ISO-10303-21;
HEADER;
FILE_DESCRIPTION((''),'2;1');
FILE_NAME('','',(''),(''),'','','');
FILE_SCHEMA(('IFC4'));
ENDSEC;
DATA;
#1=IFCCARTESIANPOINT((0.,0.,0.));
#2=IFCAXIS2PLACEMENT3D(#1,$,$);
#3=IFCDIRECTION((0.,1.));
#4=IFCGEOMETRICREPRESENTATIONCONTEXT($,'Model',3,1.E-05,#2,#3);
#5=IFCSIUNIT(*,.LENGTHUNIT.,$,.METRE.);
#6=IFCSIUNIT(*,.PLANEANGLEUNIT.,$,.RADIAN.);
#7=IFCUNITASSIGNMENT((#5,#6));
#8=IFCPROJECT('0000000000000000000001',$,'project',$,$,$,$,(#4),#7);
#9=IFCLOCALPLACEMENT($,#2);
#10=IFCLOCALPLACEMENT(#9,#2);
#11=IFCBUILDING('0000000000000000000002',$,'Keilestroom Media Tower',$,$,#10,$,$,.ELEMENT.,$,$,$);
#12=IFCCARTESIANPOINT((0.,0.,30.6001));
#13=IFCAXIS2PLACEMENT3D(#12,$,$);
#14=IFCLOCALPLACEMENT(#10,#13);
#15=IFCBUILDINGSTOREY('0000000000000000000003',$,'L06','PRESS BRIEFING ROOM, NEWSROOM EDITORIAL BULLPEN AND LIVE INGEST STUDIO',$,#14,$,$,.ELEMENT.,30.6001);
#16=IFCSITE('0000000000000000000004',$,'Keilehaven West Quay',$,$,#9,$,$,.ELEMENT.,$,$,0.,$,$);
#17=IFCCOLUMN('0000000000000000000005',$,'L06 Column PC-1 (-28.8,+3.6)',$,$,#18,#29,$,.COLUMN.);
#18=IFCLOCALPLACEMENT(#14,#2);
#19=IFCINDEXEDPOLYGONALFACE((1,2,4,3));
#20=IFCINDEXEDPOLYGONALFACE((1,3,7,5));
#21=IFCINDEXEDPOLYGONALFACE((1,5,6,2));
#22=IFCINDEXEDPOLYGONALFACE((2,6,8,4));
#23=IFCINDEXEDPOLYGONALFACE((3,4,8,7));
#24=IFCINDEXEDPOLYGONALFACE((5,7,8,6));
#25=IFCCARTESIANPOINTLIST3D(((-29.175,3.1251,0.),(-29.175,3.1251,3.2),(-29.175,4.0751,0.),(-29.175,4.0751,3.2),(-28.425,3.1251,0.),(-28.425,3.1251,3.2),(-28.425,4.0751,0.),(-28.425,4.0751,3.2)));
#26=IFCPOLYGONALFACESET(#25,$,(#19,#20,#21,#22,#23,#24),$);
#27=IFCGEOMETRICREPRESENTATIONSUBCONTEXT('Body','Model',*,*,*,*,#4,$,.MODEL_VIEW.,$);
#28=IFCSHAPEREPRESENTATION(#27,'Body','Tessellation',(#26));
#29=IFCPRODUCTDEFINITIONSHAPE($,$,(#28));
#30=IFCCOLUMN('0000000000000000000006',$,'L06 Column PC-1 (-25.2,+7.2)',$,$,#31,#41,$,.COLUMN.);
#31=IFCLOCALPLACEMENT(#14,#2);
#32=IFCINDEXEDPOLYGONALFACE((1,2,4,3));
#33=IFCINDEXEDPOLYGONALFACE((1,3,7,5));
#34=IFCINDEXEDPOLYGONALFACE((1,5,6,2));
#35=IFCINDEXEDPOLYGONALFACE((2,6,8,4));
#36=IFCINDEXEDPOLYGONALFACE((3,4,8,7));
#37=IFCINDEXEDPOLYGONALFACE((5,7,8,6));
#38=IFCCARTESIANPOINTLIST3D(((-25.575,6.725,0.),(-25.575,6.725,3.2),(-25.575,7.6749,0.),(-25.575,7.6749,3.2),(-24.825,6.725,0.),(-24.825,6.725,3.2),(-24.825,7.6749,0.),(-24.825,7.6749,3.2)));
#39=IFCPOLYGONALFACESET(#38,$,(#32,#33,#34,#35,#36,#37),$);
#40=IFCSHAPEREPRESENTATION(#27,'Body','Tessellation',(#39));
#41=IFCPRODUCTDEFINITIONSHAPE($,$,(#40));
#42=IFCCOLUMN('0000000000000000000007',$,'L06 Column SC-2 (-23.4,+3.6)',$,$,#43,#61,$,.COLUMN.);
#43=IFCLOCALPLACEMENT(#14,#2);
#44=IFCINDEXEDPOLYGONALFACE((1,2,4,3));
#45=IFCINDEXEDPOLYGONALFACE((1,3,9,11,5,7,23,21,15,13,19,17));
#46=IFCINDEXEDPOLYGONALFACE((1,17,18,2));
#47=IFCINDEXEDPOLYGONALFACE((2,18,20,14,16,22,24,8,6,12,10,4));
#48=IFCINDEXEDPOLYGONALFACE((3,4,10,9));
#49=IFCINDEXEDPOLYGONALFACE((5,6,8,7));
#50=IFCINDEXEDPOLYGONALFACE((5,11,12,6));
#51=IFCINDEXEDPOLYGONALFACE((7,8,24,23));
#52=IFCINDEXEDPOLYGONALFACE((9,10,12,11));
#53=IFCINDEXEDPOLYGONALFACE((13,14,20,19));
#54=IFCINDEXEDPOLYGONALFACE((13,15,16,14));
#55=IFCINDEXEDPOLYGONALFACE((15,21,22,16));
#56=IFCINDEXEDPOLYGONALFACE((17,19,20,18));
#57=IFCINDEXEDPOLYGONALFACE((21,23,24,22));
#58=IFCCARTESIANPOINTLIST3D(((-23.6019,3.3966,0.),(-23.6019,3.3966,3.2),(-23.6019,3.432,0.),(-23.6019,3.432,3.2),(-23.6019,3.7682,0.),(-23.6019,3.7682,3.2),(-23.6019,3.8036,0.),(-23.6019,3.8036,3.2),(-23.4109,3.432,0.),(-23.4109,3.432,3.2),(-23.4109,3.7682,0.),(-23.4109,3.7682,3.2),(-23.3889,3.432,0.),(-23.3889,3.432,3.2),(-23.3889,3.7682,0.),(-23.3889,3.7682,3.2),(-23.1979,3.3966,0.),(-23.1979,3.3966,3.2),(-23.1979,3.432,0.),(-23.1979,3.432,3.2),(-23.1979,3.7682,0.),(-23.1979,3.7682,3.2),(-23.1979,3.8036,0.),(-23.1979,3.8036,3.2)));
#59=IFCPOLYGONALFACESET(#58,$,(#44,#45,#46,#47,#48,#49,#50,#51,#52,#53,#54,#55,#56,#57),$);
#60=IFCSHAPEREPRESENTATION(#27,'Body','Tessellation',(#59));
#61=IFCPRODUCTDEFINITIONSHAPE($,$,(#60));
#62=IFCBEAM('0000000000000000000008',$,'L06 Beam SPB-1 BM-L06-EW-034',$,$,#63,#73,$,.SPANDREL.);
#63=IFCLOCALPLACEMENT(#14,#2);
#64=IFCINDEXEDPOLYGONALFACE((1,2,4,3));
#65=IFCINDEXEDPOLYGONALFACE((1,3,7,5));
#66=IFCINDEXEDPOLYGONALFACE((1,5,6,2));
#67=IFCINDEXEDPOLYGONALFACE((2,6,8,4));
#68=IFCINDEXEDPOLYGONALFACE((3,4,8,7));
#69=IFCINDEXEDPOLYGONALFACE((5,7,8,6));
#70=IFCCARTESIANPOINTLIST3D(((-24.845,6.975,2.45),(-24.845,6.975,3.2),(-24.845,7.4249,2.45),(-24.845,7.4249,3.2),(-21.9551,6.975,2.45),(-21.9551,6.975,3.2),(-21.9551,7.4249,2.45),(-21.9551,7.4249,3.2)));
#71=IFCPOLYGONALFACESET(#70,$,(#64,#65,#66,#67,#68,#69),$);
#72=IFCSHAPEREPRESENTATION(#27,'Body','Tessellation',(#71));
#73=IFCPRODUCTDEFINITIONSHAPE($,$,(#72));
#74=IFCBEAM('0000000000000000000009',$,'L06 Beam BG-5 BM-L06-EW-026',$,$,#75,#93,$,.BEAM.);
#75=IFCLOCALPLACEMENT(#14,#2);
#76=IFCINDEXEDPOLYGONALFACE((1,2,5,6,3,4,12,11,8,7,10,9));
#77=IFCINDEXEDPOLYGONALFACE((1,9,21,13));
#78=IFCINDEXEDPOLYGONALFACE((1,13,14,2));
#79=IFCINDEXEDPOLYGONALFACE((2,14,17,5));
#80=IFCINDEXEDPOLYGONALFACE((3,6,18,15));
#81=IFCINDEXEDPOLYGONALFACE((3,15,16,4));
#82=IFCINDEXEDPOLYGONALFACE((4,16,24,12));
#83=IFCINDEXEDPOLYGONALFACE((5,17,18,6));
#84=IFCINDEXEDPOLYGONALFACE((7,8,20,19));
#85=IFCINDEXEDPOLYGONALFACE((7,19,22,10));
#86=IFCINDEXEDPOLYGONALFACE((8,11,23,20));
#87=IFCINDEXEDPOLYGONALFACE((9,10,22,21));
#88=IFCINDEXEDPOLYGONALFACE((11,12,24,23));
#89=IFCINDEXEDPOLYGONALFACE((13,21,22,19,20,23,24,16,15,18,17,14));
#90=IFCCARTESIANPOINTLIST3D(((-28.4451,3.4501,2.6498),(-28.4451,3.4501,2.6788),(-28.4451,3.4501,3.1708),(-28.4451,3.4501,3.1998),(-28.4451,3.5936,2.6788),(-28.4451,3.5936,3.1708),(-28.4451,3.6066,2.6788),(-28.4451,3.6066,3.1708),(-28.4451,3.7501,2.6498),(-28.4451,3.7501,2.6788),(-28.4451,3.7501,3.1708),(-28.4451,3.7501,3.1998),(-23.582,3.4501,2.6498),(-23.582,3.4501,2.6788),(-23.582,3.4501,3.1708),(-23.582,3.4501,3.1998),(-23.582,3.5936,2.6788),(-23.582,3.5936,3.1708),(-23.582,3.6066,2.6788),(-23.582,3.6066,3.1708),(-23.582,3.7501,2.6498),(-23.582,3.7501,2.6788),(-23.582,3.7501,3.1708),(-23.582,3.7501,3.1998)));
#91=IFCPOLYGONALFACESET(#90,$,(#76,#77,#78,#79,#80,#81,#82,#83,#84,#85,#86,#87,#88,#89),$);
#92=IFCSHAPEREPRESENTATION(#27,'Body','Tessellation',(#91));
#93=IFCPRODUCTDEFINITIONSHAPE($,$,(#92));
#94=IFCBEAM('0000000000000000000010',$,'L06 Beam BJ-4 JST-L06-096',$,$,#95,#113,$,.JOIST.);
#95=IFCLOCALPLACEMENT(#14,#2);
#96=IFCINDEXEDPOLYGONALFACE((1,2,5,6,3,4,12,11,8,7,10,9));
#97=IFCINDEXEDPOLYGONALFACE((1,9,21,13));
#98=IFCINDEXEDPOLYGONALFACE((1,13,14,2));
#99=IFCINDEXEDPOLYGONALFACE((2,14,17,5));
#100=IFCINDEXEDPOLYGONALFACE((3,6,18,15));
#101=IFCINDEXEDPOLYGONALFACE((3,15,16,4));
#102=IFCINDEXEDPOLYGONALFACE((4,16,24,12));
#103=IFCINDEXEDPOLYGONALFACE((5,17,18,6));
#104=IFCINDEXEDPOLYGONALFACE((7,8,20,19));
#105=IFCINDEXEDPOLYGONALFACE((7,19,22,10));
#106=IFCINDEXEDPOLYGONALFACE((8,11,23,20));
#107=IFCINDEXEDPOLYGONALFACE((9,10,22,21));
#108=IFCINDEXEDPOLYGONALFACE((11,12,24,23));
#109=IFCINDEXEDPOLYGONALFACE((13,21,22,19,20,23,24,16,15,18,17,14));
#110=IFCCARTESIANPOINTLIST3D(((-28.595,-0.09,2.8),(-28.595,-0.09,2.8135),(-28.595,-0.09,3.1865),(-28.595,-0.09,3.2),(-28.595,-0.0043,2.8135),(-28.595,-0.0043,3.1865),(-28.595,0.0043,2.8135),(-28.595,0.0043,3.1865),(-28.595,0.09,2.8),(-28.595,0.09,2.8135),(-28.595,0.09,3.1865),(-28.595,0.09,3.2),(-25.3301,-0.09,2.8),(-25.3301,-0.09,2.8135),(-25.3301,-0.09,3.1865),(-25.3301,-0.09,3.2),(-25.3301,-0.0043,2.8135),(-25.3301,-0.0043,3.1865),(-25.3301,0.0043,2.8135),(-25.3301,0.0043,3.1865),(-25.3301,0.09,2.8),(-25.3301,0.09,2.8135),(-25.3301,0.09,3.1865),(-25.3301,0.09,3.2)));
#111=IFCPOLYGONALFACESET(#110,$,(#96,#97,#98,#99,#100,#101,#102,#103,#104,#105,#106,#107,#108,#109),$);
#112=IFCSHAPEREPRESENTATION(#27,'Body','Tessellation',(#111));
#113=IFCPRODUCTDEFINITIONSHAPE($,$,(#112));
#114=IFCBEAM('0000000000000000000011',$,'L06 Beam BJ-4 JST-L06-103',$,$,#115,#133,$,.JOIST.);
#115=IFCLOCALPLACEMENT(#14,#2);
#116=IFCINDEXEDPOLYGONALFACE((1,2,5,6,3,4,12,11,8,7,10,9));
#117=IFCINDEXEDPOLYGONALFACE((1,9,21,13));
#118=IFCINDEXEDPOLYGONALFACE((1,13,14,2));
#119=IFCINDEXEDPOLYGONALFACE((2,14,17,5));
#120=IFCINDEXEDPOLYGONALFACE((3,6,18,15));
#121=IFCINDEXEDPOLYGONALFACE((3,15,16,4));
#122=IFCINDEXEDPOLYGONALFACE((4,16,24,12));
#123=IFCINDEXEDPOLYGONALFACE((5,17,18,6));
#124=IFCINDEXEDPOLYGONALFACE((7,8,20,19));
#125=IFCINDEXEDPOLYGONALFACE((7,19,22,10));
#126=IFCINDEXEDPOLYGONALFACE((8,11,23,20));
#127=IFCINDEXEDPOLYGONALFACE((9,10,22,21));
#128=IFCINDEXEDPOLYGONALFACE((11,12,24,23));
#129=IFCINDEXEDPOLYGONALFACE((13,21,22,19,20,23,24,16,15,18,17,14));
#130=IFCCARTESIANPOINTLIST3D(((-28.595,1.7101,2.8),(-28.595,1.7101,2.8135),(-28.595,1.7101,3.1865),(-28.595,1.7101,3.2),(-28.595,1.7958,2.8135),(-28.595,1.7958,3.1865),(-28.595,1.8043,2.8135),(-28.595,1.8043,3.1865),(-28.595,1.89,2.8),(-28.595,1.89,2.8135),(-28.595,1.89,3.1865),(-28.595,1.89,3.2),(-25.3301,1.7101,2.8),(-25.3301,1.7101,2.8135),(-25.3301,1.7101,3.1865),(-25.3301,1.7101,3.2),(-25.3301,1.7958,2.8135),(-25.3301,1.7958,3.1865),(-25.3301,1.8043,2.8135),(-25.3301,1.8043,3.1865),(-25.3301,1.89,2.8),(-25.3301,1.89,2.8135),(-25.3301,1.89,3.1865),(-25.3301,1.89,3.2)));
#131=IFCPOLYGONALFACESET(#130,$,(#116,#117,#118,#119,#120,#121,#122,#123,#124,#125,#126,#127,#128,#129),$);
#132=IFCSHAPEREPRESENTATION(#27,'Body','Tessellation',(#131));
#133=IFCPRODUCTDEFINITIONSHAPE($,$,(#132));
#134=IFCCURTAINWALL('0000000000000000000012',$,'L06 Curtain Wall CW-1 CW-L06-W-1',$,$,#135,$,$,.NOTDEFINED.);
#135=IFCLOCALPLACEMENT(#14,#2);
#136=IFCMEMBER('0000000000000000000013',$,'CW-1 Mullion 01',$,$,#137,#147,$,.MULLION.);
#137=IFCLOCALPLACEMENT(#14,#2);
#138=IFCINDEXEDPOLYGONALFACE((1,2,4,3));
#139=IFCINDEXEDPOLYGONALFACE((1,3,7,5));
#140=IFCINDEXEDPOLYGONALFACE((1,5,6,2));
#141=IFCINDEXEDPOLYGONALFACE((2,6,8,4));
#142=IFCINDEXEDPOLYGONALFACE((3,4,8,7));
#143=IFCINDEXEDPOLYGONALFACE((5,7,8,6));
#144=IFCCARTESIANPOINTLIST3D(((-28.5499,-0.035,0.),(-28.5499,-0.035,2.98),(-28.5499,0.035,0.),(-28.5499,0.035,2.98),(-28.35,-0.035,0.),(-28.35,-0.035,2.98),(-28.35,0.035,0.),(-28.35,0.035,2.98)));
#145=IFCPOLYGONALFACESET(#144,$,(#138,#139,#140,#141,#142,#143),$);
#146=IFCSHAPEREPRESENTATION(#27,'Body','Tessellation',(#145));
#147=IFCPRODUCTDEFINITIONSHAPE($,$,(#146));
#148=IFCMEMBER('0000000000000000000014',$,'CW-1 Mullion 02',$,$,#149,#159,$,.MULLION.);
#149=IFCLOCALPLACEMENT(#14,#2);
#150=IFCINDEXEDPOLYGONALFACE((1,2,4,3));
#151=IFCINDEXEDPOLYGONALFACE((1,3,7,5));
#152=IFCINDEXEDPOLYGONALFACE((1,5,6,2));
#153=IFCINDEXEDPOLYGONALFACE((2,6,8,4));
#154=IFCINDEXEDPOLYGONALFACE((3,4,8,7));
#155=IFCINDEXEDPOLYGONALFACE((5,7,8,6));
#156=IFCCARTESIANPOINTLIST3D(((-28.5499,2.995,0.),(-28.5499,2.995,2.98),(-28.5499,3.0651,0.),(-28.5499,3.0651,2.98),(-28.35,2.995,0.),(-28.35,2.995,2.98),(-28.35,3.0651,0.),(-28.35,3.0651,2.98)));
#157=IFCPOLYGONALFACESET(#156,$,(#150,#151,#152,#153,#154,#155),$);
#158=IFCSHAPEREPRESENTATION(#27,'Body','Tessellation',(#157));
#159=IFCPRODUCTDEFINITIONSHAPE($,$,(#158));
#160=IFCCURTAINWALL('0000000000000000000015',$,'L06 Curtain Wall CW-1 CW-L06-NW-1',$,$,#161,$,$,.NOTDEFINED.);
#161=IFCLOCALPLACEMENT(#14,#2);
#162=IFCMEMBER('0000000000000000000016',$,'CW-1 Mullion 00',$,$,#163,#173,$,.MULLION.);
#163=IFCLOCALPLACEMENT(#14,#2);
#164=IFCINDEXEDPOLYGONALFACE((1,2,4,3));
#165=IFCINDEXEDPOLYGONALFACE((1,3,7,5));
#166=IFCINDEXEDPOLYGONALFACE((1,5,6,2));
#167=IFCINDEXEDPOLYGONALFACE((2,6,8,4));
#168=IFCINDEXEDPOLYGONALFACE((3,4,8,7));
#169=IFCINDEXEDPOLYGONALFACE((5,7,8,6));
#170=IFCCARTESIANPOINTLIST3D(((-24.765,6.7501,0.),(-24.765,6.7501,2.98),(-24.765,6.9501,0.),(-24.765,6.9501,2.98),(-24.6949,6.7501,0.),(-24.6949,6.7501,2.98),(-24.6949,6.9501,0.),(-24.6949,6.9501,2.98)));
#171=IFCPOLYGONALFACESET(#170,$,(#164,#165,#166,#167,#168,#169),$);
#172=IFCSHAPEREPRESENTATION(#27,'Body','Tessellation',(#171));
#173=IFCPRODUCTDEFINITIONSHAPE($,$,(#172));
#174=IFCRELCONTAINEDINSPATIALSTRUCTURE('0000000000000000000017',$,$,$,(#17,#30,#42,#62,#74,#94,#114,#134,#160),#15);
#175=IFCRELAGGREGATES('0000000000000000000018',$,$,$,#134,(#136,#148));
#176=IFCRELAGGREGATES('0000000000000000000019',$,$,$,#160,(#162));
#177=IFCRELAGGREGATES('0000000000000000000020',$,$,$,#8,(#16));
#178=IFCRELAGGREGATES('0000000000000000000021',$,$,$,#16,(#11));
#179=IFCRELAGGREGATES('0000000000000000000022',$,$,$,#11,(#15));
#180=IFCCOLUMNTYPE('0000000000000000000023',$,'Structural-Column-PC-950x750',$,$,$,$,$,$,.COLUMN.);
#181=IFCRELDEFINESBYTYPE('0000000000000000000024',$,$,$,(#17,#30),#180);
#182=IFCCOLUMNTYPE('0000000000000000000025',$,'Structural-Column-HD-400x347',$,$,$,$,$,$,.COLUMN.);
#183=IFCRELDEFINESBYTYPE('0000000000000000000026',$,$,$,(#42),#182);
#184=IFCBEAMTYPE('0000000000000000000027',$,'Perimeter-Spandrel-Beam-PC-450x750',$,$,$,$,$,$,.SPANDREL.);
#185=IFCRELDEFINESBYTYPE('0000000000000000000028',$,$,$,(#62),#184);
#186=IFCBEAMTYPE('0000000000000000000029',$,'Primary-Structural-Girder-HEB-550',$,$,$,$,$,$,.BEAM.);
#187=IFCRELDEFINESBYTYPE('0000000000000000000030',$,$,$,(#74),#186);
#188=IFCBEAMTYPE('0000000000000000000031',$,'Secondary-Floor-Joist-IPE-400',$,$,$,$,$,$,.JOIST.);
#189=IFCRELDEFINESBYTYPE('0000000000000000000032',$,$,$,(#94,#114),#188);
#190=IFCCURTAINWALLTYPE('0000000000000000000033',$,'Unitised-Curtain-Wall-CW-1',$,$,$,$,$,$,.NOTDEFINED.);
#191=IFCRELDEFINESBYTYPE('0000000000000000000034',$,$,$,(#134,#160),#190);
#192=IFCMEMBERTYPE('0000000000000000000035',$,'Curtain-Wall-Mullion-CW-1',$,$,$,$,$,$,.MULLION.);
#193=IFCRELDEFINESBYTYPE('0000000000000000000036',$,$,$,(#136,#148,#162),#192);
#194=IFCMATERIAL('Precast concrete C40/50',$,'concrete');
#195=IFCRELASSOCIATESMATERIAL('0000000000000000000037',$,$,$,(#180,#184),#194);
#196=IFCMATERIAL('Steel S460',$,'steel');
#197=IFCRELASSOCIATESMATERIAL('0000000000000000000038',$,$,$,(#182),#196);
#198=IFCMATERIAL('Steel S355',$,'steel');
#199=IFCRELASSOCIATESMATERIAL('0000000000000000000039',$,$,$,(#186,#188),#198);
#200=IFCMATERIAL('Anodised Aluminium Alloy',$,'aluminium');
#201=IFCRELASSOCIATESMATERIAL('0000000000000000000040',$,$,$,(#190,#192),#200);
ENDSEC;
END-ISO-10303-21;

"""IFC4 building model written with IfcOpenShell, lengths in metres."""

from ifc_helpers import new_model, si_unit, direction, frame, origin, origin_2d, place, context, subcontext, project, spatial, rectangle, i_section, extrude, source, transform, mapped, material, material_profile, profile_set, type_object, element, aggregate, save


model = new_model("IFC4")

# Units and contexts
model_context = context("Model", 3, precision=1e-05, world=origin(), true_north=direction((0.0, 1.0)))
body_context = subcontext(model_context, "Body", "Model", "MODEL_VIEW")
ifc_project = project(units=[si_unit("LENGTHUNIT", "METRE"), si_unit("PLANEANGLEUNIT", "RADIAN")], contexts=[model_context])

# Site, building, storey
site_placement = place(None, origin())
site = spatial("IfcSite", under=ifc_project, at=site_placement, Name="Keilehaven West Quay", CompositionType="ELEMENT", RefElevation=0.0)
building_placement = place(site_placement, origin())
building = spatial("IfcBuilding", under=site, at=building_placement, Name="Keilestroom Media Tower", CompositionType="ELEMENT")
storey_placement = place(building_placement, frame((0.0, 0.0, 30.6001)))
storey = spatial("IfcBuildingStorey", under=building, at=storey_placement, Name="L06", Description="PRESS BRIEFING ROOM, NEWSROOM EDITORIAL BULLPEN AND LIVE INGEST STUDIO", CompositionType="ELEMENT", Elevation=30.6001)

# Columns
ifc_material_1 = material(Name="Precast concrete C40/50", Category="concrete")
ifc_material_profile_1 = material_profile(ifc_material_1, rectangle(XDim=0.75, YDim=0.95, at=origin_2d()), Name="PC 950x750")
ifc_profile_set_1 = profile_set([ifc_material_profile_1], Name="Precast concrete C40/50")
column_type_1 = type_object("IfcColumnType", Name="Structural-Column-PC-950x750", PredefinedType="COLUMN", material=ifc_profile_set_1)
shared_shape_1 = source(origin(), body_context, "Body", "SweptSolid", [
    extrude(rectangle(XDim=0.75, YDim=0.95, at=origin_2d()), origin(), (0.0, 0.0, 1.0), 3.2),
])
for number, where, z_axis, x_axis, name in (
    (1, (-28.8, 3.6001, 0.0), (0.0, 0.0, 1.0), (1.0, 0.0, 0.0), "L06 Column PC-1 (-28.8,+3.6)"),
    (2, (-25.2, 7.2, 0.0), (0.0, 0.0, 1.0), (1.0, 0.0, 0.0), "L06 Column PC-1 (-25.2,+7.2)"),
):
    element("IfcColumn", number, at=place(storey_placement, frame(where, z_axis=z_axis, x_axis=x_axis)), inside=storey, type_object=column_type_1, Name=name, PredefinedType="COLUMN", context=body_context, shape_type="MappedRepresentation", body=[
        mapped(shared_shape_1, transform((0.0, 0.0, 0.0), x_axis=(1.0, 0.0, 0.0), y_axis=(0.0, 1.0, 0.0), z_axis=(0.0, 0.0, 1.0), scale=1.0)),
    ])
ifc_material_2 = material(Name="Steel S460", Category="steel")
ifc_material_profile_2 = material_profile(ifc_material_2, i_section(OverallWidth=0.4041, OverallDepth=0.407, WebThickness=0.022, FlangeThickness=0.0354, at=origin_2d()), Name="HD 400x347")
ifc_profile_set_2 = profile_set([ifc_material_profile_2], Name="Steel S460")
column_type_2 = type_object("IfcColumnType", Name="Structural-Column-HD-400x347", PredefinedType="COLUMN", material=ifc_profile_set_2)
shared_shape_2 = source(origin(), body_context, "Body", "SweptSolid", [
    extrude(i_section(OverallWidth=0.4041, OverallDepth=0.407, WebThickness=0.022, FlangeThickness=0.0354, at=origin_2d()), origin(), (0.0, 0.0, 1.0), 3.2),
])
column_placement = place(storey_placement, frame((-23.3999, 3.6001, 0.0), z_axis=(0.0, 0.0, 1.0), x_axis=(1.0, 0.0, 0.0)))
element("IfcColumn", 3, at=column_placement, inside=storey, type_object=column_type_2, Name="L06 Column SC-2 (-23.4,+3.6)", PredefinedType="COLUMN", context=body_context, shape_type="MappedRepresentation", body=[
    mapped(shared_shape_2, transform((0.0, 0.0, 0.0), x_axis=(1.0, 0.0, 0.0), y_axis=(0.0, 1.0, 0.0), z_axis=(0.0, 0.0, 1.0), scale=1.0)),
])

# Beams
ifc_material_profile_3 = material_profile(ifc_material_1, rectangle(XDim=0.45, YDim=0.75, at=origin_2d()), Name="PC 450x750")
ifc_profile_set_3 = profile_set([ifc_material_profile_3], Name="Precast concrete C40/50")
beam_type_1 = type_object("IfcBeamType", Name="Perimeter-Spandrel-Beam-PC-450x750", PredefinedType="SPANDREL", material=ifc_profile_set_3)
shared_shape_3 = source(origin(), body_context, "Body", "SweptSolid", [
    extrude(rectangle(XDim=0.45, YDim=0.75, at=origin_2d()), origin(), (0.0, 0.0, 1.0), 2.8899),
])
beam_1_placement = place(storey_placement, frame((-24.845, 7.2, 2.825), z_axis=(1.0, 0.0, 0.0), x_axis=(0.0, 1.0, 0.0)))
element("IfcBeam", 4, at=beam_1_placement, inside=storey, type_object=beam_type_1, Name="L06 Beam SPB-1 BM-L06-EW-034", PredefinedType="SPANDREL", context=body_context, shape_type="MappedRepresentation", body=[
    mapped(shared_shape_3, transform((0.0, 0.0, 0.0), x_axis=(1.0, 0.0, 0.0), y_axis=(0.0, 1.0, 0.0), z_axis=(0.0, 0.0, 1.0), scale=1.0)),
])
ifc_material_3 = material(Name="Steel S355", Category="steel")
ifc_material_profile_4 = material_profile(ifc_material_3, i_section(OverallWidth=0.3, OverallDepth=0.55, WebThickness=0.0129, FlangeThickness=0.0291, at=origin_2d()), Name="HEB 550")
ifc_profile_set_4 = profile_set([ifc_material_profile_4], Name="Steel S355")
beam_type_2 = type_object("IfcBeamType", Name="Primary-Structural-Girder-HEB-550", PredefinedType="BEAM", material=ifc_profile_set_4)
shared_shape_4 = source(origin(), body_context, "Body", "SweptSolid", [
    extrude(i_section(OverallWidth=0.3, OverallDepth=0.55, WebThickness=0.0129, FlangeThickness=0.0291, at=origin_2d()), origin(), (0.0, 0.0, 1.0), 4.863),
])
beam_2_placement = place(storey_placement, frame((-28.4451, 3.6001, 2.9248), z_axis=(1.0, 0.0, 0.0), x_axis=(0.0, 1.0, 0.0)))
element("IfcBeam", 5, at=beam_2_placement, inside=storey, type_object=beam_type_2, Name="L06 Beam BG-5 BM-L06-EW-026", PredefinedType="BEAM", context=body_context, shape_type="MappedRepresentation", body=[
    mapped(shared_shape_4, transform((0.0, 0.0, 0.0), x_axis=(1.0, 0.0, 0.0), y_axis=(0.0, 1.0, 0.0), z_axis=(0.0, 0.0, 1.0), scale=1.0)),
])
ifc_material_profile_5 = material_profile(ifc_material_3, i_section(OverallWidth=0.1799, OverallDepth=0.3999, WebThickness=0.0085, FlangeThickness=0.0134, at=origin_2d()), Name="IPE 400")
ifc_profile_set_5 = profile_set([ifc_material_profile_5], Name="Steel S355")
beam_type_3 = type_object("IfcBeamType", Name="Secondary-Floor-Joist-IPE-400", PredefinedType="JOIST", material=ifc_profile_set_5)
shared_shape_5 = source(origin(), body_context, "Body", "SweptSolid", [
    extrude(i_section(OverallWidth=0.1799, OverallDepth=0.3999, WebThickness=0.0085, FlangeThickness=0.0134, at=origin_2d()), origin(), (0.0, 0.0, 1.0), 3.2649),
])
for number, where, z_axis, x_axis, name in (
    (6, (-28.595, 0.0, 3.0), (1.0, 0.0, 0.0), (0.0, 1.0, 0.0), "L06 Beam BJ-4 JST-L06-096"),
    (7, (-28.595, 1.8, 3.0), (1.0, 0.0, 0.0), (0.0, 1.0, 0.0), "L06 Beam BJ-4 JST-L06-103"),
):
    element("IfcBeam", number, at=place(storey_placement, frame(where, z_axis=z_axis, x_axis=x_axis)), inside=storey, type_object=beam_type_3, Name=name, PredefinedType="JOIST", context=body_context, shape_type="MappedRepresentation", body=[
        mapped(shared_shape_5, transform((0.0, 0.0, 0.0), x_axis=(1.0, 0.0, 0.0), y_axis=(0.0, 1.0, 0.0), z_axis=(0.0, 0.0, 1.0), scale=1.0)),
    ])

# Curtain wall, members
ifc_material_4 = material(Name="Anodised Aluminium Alloy", Category="aluminium")
curtain_wall_type = type_object("IfcCurtainWallType", Name="Unitised-Curtain-Wall-CW-1", PredefinedType="NOTDEFINED", material=ifc_material_4)
curtain_wall_1_placement = place(storey_placement, origin())
curtain_wall_1 = element("IfcCurtainWall", 8, at=curtain_wall_1_placement, inside=storey, type_object=curtain_wall_type, Name="L06 Curtain Wall CW-1 CW-L06-W-1", PredefinedType="NOTDEFINED")
ifc_material_profile_6 = material_profile(ifc_material_4, rectangle(XDim=0.0701, YDim=0.2, at=origin_2d()), Name="ALU MULLION 70x200")
ifc_profile_set_6 = profile_set([ifc_material_profile_6], Name="Anodised Aluminium Alloy")
member_type_1 = type_object("IfcMemberType", Name="Curtain-Wall-Mullion-CW-1", PredefinedType="MULLION", material=ifc_profile_set_6)
shared_shape_6 = source(origin(), body_context, "Body", "SweptSolid", [
    extrude(rectangle(XDim=0.0701, YDim=0.2, at=origin_2d()), origin(), (0.0, 0.0, 1.0), 2.98),
])
member_1_placement = place(storey_placement, frame((-28.45, 0.0, 0.0), z_axis=(0.0, 0.0, 1.0), x_axis=(0.0, 1.0, 0.0)))
member_1 = element("IfcMember", 9, at=member_1_placement, type_object=member_type_1, Name="CW-1 Mullion 01", PredefinedType="MULLION", context=body_context, shape_type="MappedRepresentation", body=[
    mapped(shared_shape_6, transform((0.0, 0.0, 0.0), x_axis=(1.0, 0.0, 0.0), y_axis=(0.0, 1.0, 0.0), z_axis=(0.0, 0.0, 1.0), scale=1.0)),
])
member_2_placement = place(storey_placement, frame((-28.45, 3.03, 0.0), z_axis=(0.0, 0.0, 1.0), x_axis=(0.0, 1.0, 0.0)))
member_2 = element("IfcMember", 10, at=member_2_placement, type_object=member_type_1, Name="CW-1 Mullion 02", PredefinedType="MULLION", context=body_context, shape_type="MappedRepresentation", body=[
    mapped(shared_shape_6, transform((0.0, 0.0, 0.0), x_axis=(1.0, 0.0, 0.0), y_axis=(0.0, 1.0, 0.0), z_axis=(0.0, 0.0, 1.0), scale=1.0)),
])

# Curtain wall, member
curtain_wall_2_placement = place(storey_placement, origin())
curtain_wall_2 = element("IfcCurtainWall", 11, at=curtain_wall_2_placement, inside=storey, type_object=curtain_wall_type, Name="L06 Curtain Wall CW-1 CW-L06-NW-1", PredefinedType="NOTDEFINED")
member_3_placement = place(storey_placement, frame((-24.73, 6.8501, 0.0), z_axis=(0.0, 0.0, 1.0), x_axis=(1.0, 0.0, 0.0)))
member_3 = element("IfcMember", 12, at=member_3_placement, type_object=member_type_1, Name="CW-1 Mullion 00", PredefinedType="MULLION", context=body_context, shape_type="MappedRepresentation", body=[
    mapped(shared_shape_6, transform((0.0, 0.0, 0.0), x_axis=(1.0, 0.0, 0.0), y_axis=(0.0, 1.0, 0.0), z_axis=(0.0, 0.0, 1.0), scale=1.0)),
])

aggregate(curtain_wall_1, [member_1, member_2])
aggregate(curtain_wall_2, [member_3])

save(model, "model.ifc")
